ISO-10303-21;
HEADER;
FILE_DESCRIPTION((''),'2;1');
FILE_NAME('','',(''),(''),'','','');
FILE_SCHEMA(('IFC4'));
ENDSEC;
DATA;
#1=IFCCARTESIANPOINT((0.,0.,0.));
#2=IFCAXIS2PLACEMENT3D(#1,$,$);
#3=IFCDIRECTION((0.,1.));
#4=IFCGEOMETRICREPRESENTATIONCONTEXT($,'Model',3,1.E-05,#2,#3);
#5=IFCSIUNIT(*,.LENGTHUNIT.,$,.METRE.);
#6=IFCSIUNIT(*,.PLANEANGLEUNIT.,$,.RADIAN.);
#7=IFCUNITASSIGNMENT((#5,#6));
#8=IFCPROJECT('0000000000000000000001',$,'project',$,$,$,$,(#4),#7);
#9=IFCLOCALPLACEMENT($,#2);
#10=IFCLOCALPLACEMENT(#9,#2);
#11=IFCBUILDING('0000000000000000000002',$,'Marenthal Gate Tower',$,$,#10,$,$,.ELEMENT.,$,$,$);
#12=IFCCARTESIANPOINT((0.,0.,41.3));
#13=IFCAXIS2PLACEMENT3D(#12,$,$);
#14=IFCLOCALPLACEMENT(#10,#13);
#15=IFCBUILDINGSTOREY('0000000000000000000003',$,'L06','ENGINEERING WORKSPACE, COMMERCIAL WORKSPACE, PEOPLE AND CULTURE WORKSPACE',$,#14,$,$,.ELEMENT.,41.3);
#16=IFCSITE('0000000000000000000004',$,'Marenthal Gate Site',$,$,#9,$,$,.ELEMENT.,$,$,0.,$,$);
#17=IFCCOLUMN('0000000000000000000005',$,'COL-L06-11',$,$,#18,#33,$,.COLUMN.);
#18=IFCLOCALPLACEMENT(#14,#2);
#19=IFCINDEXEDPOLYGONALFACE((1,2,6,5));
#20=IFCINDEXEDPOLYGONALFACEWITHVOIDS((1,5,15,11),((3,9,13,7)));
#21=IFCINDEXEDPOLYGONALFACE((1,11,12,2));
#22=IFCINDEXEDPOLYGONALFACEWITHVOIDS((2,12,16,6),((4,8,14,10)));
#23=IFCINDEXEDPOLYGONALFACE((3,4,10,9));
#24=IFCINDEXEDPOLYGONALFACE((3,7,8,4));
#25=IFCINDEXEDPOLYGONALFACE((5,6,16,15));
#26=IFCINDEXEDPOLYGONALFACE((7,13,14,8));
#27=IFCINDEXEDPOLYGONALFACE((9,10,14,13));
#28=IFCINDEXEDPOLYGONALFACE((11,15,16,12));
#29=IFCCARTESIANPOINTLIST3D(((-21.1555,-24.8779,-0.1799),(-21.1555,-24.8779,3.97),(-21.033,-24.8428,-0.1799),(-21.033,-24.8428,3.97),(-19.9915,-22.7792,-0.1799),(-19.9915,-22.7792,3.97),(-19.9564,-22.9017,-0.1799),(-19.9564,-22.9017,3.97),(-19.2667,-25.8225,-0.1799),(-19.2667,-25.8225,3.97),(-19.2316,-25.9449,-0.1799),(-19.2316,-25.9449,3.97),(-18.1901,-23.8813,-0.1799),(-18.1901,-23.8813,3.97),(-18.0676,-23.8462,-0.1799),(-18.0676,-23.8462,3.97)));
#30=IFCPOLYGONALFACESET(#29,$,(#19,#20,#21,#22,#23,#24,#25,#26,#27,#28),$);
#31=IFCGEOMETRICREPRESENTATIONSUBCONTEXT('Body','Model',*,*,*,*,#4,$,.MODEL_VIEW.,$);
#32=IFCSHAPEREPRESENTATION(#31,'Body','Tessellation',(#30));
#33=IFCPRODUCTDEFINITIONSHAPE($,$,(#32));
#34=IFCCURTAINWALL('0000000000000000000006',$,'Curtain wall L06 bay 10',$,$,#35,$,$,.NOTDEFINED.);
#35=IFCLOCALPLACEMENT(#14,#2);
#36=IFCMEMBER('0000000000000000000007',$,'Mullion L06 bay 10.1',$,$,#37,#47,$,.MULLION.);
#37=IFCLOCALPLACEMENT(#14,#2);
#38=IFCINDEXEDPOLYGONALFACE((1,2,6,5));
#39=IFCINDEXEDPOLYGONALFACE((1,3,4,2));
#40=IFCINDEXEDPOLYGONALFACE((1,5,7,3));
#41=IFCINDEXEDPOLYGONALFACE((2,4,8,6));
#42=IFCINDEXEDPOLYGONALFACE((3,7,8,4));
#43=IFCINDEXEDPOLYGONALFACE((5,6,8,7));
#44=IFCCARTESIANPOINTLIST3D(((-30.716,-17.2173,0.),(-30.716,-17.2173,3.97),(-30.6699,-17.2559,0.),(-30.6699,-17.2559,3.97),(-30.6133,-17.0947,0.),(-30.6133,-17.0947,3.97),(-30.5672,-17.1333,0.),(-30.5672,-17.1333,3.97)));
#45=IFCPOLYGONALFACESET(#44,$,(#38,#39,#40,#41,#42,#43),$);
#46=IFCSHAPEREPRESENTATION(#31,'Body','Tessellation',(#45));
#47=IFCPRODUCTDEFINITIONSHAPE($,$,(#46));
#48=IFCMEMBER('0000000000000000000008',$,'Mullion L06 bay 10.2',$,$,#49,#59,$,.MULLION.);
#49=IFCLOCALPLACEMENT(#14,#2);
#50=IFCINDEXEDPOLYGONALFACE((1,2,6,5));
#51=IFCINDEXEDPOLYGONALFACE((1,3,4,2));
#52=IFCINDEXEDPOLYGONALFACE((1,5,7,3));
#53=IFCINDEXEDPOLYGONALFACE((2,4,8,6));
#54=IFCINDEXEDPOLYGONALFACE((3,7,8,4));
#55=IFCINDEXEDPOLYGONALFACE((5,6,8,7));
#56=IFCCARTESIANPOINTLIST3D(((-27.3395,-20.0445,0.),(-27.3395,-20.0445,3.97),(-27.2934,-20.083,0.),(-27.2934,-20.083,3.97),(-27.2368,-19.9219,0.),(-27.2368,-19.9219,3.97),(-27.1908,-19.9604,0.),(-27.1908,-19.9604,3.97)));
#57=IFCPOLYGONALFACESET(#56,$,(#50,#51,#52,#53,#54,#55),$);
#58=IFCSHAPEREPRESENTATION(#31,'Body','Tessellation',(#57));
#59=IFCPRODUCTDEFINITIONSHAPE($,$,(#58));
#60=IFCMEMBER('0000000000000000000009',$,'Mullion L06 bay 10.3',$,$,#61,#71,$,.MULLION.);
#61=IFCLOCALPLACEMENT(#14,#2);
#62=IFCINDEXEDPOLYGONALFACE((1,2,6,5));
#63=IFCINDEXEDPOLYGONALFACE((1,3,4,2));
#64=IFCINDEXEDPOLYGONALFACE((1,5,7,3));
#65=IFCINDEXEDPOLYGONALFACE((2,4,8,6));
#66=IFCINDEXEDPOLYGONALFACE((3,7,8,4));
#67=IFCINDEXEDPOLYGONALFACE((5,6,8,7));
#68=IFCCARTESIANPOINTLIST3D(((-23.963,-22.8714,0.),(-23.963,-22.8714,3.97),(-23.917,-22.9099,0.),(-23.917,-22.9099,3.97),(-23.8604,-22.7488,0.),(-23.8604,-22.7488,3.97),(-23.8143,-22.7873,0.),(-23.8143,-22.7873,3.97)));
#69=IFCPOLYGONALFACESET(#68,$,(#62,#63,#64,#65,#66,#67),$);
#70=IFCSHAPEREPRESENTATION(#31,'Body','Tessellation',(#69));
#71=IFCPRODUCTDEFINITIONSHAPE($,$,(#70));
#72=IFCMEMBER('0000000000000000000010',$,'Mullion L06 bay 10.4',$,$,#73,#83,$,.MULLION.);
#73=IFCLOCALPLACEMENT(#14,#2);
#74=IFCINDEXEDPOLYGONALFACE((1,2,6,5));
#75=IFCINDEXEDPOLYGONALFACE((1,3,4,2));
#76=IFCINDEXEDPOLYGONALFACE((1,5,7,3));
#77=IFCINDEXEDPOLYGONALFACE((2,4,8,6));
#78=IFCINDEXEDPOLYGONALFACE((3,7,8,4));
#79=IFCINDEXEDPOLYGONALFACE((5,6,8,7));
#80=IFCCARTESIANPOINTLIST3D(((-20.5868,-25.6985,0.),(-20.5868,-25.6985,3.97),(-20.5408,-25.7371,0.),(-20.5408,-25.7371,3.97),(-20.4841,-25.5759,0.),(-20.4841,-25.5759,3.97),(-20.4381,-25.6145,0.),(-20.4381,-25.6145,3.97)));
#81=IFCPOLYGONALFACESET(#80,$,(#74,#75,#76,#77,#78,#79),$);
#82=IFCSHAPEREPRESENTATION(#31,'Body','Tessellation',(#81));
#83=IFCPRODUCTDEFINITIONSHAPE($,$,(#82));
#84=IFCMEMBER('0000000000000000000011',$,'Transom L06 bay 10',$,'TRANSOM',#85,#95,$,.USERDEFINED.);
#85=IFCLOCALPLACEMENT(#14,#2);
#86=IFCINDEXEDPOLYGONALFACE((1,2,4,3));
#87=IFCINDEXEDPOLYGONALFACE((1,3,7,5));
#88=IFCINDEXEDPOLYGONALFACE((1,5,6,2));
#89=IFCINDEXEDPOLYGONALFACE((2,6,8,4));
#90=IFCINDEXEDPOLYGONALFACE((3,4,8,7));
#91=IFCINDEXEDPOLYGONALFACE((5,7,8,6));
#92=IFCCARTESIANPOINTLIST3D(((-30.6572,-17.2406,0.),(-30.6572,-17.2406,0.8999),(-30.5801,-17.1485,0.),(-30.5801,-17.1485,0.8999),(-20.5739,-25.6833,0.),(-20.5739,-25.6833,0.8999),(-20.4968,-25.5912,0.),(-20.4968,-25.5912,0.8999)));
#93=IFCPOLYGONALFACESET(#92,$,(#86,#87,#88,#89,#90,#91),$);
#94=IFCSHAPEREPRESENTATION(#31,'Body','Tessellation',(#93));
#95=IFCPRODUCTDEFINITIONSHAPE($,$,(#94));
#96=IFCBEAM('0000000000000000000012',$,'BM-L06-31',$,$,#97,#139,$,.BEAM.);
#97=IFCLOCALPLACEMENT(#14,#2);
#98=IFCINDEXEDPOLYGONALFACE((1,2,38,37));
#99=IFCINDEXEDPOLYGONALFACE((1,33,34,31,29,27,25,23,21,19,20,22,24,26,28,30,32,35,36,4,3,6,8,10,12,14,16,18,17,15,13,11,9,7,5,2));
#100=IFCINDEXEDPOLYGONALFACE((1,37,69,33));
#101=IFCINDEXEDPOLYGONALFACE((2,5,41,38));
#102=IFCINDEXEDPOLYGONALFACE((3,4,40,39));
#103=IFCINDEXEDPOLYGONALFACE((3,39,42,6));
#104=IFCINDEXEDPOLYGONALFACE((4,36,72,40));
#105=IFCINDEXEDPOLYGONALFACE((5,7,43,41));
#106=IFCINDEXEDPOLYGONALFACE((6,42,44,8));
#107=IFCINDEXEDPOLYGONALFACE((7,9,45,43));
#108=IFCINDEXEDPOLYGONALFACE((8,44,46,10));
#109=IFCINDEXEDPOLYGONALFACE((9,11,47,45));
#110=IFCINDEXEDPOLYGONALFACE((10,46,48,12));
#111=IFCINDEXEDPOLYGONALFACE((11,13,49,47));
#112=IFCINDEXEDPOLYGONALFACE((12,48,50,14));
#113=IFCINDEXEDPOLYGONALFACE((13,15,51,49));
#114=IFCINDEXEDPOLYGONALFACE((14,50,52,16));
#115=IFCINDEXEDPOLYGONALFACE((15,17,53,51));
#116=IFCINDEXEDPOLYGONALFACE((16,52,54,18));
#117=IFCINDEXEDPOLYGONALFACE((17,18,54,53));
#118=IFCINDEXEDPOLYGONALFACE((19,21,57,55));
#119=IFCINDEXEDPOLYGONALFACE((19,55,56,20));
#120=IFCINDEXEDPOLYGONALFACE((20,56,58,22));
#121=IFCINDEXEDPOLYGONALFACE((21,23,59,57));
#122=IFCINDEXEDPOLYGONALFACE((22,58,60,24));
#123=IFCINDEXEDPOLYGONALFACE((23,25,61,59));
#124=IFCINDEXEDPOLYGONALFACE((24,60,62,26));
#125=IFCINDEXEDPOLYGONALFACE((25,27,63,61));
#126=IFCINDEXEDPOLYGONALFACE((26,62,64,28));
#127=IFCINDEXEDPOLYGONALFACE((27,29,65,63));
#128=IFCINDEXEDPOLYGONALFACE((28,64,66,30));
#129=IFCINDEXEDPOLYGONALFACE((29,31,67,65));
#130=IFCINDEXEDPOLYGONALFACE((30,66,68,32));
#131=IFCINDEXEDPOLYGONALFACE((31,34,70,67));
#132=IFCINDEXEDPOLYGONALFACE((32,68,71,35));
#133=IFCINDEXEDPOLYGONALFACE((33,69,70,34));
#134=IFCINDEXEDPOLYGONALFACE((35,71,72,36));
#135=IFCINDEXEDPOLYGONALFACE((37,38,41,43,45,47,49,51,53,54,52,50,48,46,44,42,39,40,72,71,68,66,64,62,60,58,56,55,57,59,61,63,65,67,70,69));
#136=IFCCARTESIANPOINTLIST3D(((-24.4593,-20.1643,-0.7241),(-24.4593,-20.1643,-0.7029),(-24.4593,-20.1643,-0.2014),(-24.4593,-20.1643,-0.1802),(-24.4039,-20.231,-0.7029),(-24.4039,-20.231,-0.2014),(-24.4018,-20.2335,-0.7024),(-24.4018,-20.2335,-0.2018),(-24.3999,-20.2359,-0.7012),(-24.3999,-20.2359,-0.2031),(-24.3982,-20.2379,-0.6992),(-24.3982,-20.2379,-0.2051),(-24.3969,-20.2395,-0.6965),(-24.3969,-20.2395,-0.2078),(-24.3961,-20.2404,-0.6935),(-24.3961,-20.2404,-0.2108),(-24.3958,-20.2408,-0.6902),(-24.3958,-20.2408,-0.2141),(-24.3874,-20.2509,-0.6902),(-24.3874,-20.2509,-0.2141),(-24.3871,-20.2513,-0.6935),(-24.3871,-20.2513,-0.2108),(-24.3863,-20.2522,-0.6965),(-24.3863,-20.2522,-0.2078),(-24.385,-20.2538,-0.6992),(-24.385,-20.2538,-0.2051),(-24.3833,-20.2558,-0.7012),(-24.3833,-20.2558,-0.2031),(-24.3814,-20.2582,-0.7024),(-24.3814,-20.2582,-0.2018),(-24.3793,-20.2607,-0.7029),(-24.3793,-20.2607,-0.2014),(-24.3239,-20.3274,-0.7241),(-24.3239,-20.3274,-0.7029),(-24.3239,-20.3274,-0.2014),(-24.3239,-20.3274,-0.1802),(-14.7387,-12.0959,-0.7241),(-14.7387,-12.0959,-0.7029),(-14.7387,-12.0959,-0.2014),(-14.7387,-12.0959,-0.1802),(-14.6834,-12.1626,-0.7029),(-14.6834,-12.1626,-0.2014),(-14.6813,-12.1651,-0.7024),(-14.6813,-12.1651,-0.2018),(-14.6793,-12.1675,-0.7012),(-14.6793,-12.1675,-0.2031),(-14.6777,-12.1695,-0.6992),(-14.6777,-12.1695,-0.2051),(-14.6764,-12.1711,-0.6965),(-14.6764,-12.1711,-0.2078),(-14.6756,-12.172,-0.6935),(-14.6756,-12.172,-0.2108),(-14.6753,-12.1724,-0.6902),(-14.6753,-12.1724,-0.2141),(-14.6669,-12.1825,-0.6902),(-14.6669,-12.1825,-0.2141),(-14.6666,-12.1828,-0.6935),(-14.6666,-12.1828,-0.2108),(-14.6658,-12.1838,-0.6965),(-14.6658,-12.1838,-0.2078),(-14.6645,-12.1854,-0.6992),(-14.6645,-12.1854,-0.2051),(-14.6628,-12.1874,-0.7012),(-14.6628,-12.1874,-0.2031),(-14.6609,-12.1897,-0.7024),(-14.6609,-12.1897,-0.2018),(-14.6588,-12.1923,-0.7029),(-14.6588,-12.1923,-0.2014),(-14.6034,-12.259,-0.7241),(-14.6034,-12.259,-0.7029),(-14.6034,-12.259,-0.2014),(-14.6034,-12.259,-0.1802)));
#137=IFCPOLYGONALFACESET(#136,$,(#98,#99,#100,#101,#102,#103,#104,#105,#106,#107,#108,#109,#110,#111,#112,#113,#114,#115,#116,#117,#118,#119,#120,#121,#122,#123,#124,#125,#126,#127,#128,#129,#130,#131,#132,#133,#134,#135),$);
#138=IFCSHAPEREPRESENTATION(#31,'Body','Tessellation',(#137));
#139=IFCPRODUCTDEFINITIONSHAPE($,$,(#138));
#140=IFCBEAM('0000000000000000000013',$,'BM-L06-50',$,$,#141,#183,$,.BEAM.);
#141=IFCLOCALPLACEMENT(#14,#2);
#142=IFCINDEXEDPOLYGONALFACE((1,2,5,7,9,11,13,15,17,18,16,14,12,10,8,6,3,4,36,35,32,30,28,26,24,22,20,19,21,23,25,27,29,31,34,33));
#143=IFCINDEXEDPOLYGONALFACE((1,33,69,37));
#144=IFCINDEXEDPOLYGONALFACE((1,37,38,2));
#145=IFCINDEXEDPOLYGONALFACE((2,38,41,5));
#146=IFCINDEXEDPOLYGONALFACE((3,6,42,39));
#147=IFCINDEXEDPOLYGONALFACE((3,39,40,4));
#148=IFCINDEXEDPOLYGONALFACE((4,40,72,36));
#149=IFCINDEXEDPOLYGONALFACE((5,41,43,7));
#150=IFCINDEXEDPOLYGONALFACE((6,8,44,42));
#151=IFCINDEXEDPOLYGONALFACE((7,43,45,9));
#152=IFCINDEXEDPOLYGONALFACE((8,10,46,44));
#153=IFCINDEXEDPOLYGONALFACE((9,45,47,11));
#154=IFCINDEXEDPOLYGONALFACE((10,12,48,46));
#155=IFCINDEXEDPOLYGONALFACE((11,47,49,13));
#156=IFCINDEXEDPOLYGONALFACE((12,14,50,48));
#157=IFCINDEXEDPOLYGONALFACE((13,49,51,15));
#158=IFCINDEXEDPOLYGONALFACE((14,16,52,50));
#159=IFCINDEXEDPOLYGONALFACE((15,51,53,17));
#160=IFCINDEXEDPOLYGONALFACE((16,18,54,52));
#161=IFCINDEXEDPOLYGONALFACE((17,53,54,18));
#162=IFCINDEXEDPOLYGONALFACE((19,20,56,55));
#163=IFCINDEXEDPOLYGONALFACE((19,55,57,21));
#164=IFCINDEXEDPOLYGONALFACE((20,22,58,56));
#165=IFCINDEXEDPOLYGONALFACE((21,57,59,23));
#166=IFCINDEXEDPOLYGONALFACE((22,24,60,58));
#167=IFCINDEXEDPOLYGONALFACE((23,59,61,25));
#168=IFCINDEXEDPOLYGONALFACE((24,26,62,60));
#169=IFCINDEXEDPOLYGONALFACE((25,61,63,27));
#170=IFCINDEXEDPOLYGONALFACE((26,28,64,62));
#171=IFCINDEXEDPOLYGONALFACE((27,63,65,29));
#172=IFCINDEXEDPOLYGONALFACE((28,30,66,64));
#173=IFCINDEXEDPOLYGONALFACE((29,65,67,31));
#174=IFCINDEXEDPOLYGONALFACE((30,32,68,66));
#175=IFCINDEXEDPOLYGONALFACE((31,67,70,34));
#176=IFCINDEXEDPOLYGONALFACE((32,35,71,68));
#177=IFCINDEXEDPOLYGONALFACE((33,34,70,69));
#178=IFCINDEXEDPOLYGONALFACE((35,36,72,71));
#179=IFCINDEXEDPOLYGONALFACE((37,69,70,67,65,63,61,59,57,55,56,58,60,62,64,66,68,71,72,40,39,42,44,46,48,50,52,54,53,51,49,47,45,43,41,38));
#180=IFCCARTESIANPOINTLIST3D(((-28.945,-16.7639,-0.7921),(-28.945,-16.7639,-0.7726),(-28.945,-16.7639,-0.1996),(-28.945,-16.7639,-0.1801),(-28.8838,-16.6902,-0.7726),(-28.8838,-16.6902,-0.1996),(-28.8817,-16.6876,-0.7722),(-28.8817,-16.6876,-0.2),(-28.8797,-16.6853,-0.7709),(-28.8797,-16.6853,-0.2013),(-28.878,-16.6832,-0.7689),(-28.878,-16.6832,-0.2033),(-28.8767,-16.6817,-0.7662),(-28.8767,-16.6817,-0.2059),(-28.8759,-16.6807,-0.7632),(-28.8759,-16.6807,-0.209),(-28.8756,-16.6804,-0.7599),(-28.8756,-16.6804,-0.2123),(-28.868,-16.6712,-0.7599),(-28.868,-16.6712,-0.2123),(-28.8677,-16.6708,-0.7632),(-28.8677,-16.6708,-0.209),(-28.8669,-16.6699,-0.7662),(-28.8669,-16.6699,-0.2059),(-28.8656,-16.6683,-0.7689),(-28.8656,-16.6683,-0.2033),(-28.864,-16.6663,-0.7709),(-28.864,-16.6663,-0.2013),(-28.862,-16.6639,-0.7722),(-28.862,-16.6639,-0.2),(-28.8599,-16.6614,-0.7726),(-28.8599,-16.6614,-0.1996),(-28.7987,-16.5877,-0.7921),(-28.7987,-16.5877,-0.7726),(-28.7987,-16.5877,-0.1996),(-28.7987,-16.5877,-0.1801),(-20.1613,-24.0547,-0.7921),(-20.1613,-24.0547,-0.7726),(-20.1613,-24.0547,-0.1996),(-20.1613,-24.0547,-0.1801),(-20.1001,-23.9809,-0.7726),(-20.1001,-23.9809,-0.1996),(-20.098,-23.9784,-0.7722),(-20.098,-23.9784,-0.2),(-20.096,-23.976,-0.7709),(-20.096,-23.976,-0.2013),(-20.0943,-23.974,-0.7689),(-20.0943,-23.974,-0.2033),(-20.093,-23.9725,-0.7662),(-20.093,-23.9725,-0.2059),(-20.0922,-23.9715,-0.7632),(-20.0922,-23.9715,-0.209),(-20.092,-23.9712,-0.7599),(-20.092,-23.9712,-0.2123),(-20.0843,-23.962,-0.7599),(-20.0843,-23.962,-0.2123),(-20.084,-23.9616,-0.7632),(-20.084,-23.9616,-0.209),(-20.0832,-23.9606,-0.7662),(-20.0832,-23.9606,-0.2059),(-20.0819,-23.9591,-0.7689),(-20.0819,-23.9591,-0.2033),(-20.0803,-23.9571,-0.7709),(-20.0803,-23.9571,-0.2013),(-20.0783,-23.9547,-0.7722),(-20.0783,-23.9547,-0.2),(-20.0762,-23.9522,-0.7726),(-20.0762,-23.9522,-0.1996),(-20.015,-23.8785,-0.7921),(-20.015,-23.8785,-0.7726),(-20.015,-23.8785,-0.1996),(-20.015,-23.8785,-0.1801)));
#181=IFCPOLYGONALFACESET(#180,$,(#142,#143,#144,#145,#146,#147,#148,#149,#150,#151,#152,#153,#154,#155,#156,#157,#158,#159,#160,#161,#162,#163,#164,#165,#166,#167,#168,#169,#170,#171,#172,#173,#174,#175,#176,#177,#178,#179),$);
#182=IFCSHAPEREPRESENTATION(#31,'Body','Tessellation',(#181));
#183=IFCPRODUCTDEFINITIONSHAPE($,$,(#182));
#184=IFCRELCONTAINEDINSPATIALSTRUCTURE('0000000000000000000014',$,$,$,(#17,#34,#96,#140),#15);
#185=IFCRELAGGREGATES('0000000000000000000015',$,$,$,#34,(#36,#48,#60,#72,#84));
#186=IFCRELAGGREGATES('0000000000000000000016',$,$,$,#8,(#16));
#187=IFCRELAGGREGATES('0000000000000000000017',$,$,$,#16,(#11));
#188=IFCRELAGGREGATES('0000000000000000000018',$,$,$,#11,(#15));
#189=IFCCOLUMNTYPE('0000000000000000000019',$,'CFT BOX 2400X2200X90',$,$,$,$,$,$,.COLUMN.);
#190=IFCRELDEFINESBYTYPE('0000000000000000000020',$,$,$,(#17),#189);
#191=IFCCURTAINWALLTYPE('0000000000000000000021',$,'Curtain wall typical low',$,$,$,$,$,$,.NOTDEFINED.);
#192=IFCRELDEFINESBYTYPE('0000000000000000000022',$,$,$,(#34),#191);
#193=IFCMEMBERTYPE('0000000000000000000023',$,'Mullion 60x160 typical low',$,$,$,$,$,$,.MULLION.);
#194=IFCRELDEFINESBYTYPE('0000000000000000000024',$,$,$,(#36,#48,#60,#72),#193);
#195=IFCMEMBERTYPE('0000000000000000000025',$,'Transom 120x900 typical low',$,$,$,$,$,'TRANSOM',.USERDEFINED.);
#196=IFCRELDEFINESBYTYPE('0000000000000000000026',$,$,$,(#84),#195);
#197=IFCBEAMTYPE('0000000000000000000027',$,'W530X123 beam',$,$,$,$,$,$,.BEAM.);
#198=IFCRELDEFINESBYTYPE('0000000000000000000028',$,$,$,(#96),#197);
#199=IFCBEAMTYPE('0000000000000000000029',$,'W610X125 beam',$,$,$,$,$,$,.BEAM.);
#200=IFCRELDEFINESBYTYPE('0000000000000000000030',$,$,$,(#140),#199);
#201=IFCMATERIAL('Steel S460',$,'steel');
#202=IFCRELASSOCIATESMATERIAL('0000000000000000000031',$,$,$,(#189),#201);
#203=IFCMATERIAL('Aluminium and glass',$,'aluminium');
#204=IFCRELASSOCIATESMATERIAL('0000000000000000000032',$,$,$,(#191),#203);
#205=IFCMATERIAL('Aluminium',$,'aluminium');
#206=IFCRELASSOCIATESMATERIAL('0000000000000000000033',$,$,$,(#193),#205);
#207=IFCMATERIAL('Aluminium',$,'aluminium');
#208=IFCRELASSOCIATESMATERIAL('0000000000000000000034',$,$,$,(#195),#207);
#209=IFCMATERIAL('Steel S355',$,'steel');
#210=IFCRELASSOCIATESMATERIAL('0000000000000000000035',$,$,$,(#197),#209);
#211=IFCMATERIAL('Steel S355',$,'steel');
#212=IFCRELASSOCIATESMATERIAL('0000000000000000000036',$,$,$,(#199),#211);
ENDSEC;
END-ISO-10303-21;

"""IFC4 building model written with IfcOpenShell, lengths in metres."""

from ifc_helpers import new_model, si_unit, direction, frame, origin, origin_2d, place, context, subcontext, project, spatial, rectangle, hollow_rectangle, i_section, extrude, material, material_profile, profile_set, type_object, element, aggregate, save


model = new_model("IFC4")

# Units and contexts
model_context = context("Model", 3, precision=1e-05, world=origin(), true_north=direction((0.0, 1.0)))
body_context = subcontext(model_context, "Body", "Model", "MODEL_VIEW")
ifc_project = project(units=[si_unit("LENGTHUNIT", "METRE"), si_unit("PLANEANGLEUNIT", "RADIAN")], contexts=[model_context])

# Site, building, storey
site_placement = place(None, origin())
site = spatial("IfcSite", under=ifc_project, at=site_placement, Name="Marenthal Gate Site", CompositionType="ELEMENT", RefElevation=0.0)
building_placement = place(site_placement, origin())
building = spatial("IfcBuilding", under=site, at=building_placement, Name="Marenthal Gate Tower", CompositionType="ELEMENT")
storey_placement = place(building_placement, frame((0.0, 0.0, 41.3)))
storey = spatial("IfcBuildingStorey", under=building, at=storey_placement, Name="L06", Description="ENGINEERING WORKSPACE, COMMERCIAL WORKSPACE, PEOPLE AND CULTURE WORKSPACE", CompositionType="ELEMENT", Elevation=41.3)

# Column
ifc_material_1 = material(Name="Steel S460", Category="steel")
ifc_material_profile_1 = material_profile(ifc_material_1, hollow_rectangle(XDim=2.2, YDim=2.3999, WallThickness=0.0901, at=origin_2d()), Name="CFT BOX 2400X2200X90")
ifc_material_2 = material(Name="Concrete 70 MPa", Category="concrete")
ifc_material_profile_2 = material_profile(ifc_material_2, rectangle(XDim=2.02, YDim=2.22, at=origin_2d()), Name="CFT BOX 2400X2200X90 INFILL")
ifc_profile_set_1 = profile_set([ifc_material_profile_1, ifc_material_profile_2], Name="Steel S460 shell, Concrete 70 MPa infill")
column_type = type_object("IfcColumnType", Name="CFT BOX 2400X2200X90", PredefinedType="COLUMN", material=ifc_profile_set_1)
column_placement = place(storey_placement, frame((-19.6116, -24.3621, -0.1799), z_axis=(0.0, 0.0, 1.0), x_axis=(-0.874509, 0.48501, 0.0)))
element("IfcColumn", 1, at=column_placement, inside=storey, type_object=column_type, Name="COL-L06-11", PredefinedType="COLUMN", context=body_context, shape_type="SweptSolid", body=[
    extrude(hollow_rectangle(XDim=2.2, YDim=2.3999, WallThickness=0.0901, at=origin_2d()), origin(), (0.0, 0.0, 1.0), 4.1499),
])

# Curtain wall, members
ifc_material_3 = material(Name="Aluminium and glass", Category="aluminium")
curtain_wall_type = type_object("IfcCurtainWallType", Name="Curtain wall typical low", PredefinedType="NOTDEFINED", material=ifc_material_3)
curtain_wall_placement = place(storey_placement, origin())
curtain_wall = element("IfcCurtainWall", 2, at=curtain_wall_placement, inside=storey, type_object=curtain_wall_type, Name="Curtain wall L06 bay 10", PredefinedType="NOTDEFINED")
ifc_material_4 = material(Name="Aluminium", Category="aluminium")
ifc_material_profile_3 = material_profile(ifc_material_4, rectangle(XDim=0.1599, YDim=0.0601, at=origin_2d()), Name="60x160 aluminium mullion")
ifc_profile_set_2 = profile_set([ifc_material_profile_3], Name="Aluminium")
member_type_1 = type_object("IfcMemberType", Name="Mullion 60x160 typical low", PredefinedType="MULLION", material=ifc_profile_set_2)
member_1_placement = place(storey_placement, frame((-30.6416, -17.1753, 0.0), z_axis=(0.0, 0.0, 1.0), x_axis=(0.641982, 0.76672, 0.0)))
member_1 = element("IfcMember", 3, at=member_1_placement, type_object=member_type_1, Name="Mullion L06 bay 10.1", PredefinedType="MULLION", context=body_context, shape_type="SweptSolid", body=[
    extrude(rectangle(XDim=0.1599, YDim=0.0601, at=origin_2d()), origin(), (0.0, 0.0, 1.0), 3.97),
])
member_2_placement = place(storey_placement, frame((-27.2651, -20.0024, 0.0), z_axis=(0.0, 0.0, 1.0), x_axis=(0.641982, 0.76672, 0.0)))
member_2 = element("IfcMember", 4, at=member_2_placement, type_object=member_type_1, Name="Mullion L06 bay 10.2", PredefinedType="MULLION", context=body_context, shape_type="SweptSolid", body=[
    extrude(rectangle(XDim=0.1599, YDim=0.0601, at=origin_2d()), origin(), (0.0, 0.0, 1.0), 3.97),
])
member_3_placement = place(storey_placement, frame((-23.8887, -22.8293, 0.0), z_axis=(0.0, 0.0, 1.0), x_axis=(0.641982, 0.76672, 0.0)))
member_3 = element("IfcMember", 5, at=member_3_placement, type_object=member_type_1, Name="Mullion L06 bay 10.3", PredefinedType="MULLION", context=body_context, shape_type="SweptSolid", body=[
    extrude(rectangle(XDim=0.1599, YDim=0.0601, at=origin_2d()), origin(), (0.0, 0.0, 1.0), 3.97),
])
member_4_placement = place(storey_placement, frame((-20.5125, -25.6565, 0.0), z_axis=(0.0, 0.0, 1.0), x_axis=(0.641982, 0.76672, 0.0)))
member_4 = element("IfcMember", 6, at=member_4_placement, type_object=member_type_1, Name="Mullion L06 bay 10.4", PredefinedType="MULLION", context=body_context, shape_type="SweptSolid", body=[
    extrude(rectangle(XDim=0.1599, YDim=0.0601, at=origin_2d()), origin(), (0.0, 0.0, 1.0), 3.97),
])
ifc_material_5 = material(Name="Aluminium", Category="aluminium")
ifc_material_profile_4 = material_profile(ifc_material_5, rectangle(XDim=0.1201, YDim=0.8999, at=origin_2d()), Name="120x900 aluminium transom")
ifc_profile_set_3 = profile_set([ifc_material_profile_4], Name="Aluminium")
member_type_2 = type_object("IfcMemberType", Name="Transom 120x900 typical low", ElementType="TRANSOM", PredefinedType="USERDEFINED", material=ifc_profile_set_3)
member_5_placement = place(storey_placement, frame((-30.6187, -17.1946, 0.45), z_axis=(0.766726, -0.641974, 0.0), x_axis=(0.641974, 0.766726, 0.0)))
member_5 = element("IfcMember", 7, at=member_5_placement, type_object=member_type_2, Name="Transom L06 bay 10", ObjectType="TRANSOM", PredefinedType="USERDEFINED", context=body_context, shape_type="SweptSolid", body=[
    extrude(rectangle(XDim=0.1201, YDim=0.8999, at=origin_2d()), origin(), (0.0, 0.0, 1.0), 13.1511),
])

# Beams
ifc_material_6 = material(Name="Steel S355", Category="steel")
ifc_material_profile_5 = material_profile(ifc_material_6, i_section(OverallWidth=0.2119, OverallDepth=0.5439, WebThickness=0.0132, FlangeThickness=0.0212, FilletRadius=0.0127, at=origin_2d()), Name="W530X123")
ifc_profile_set_4 = profile_set([ifc_material_profile_5], Name="Steel S355")
beam_type_1 = type_object("IfcBeamType", Name="W530X123 beam", PredefinedType="BEAM", material=ifc_profile_set_4)
beam_1_placement = place(storey_placement, frame((-24.3916, -20.2458, -0.4521), z_axis=(0.769467, 0.638687, 0.0), x_axis=(-0.638687, 0.769467, 0.0)))
element("IfcBeam", 8, at=beam_1_placement, inside=storey, type_object=beam_type_1, Name="BM-L06-31", PredefinedType="BEAM", context=body_context, shape_type="SweptSolid", body=[
    extrude(i_section(OverallWidth=0.2119, OverallDepth=0.5439, WebThickness=0.0132, FlangeThickness=0.0212, FilletRadius=0.0127, at=origin_2d()), origin(), (0.0, 0.0, 1.0), 12.6328),
])
ifc_material_7 = material(Name="Steel S355", Category="steel")
ifc_material_profile_6 = material_profile(ifc_material_7, i_section(OverallWidth=0.229, OverallDepth=0.6121, WebThickness=0.012, FlangeThickness=0.0195, FilletRadius=0.0127, at=origin_2d()), Name="W610X125")
ifc_profile_set_5 = profile_set([ifc_material_profile_6], Name="Steel S355")
beam_type_2 = type_object("IfcBeamType", Name="W610X125 beam", PredefinedType="BEAM", material=ifc_profile_set_5)
beam_2_placement = place(storey_placement, frame((-28.8718, -16.6758, -0.4861), z_axis=(0.769468, -0.638685, 0.0), x_axis=(0.638685, 0.769468, 0.0)))
element("IfcBeam", 9, at=beam_2_placement, inside=storey, type_object=beam_type_2, Name="BM-L06-50", PredefinedType="BEAM", context=body_context, shape_type="SweptSolid", body=[
    extrude(i_section(OverallWidth=0.229, OverallDepth=0.6121, WebThickness=0.012, FlangeThickness=0.0195, FilletRadius=0.0127, at=origin_2d()), origin(), (0.0, 0.0, 1.0), 11.4153),
])

aggregate(curtain_wall, [member_1, member_2, member_3, member_4, member_5])

save(model, "model.ifc")
